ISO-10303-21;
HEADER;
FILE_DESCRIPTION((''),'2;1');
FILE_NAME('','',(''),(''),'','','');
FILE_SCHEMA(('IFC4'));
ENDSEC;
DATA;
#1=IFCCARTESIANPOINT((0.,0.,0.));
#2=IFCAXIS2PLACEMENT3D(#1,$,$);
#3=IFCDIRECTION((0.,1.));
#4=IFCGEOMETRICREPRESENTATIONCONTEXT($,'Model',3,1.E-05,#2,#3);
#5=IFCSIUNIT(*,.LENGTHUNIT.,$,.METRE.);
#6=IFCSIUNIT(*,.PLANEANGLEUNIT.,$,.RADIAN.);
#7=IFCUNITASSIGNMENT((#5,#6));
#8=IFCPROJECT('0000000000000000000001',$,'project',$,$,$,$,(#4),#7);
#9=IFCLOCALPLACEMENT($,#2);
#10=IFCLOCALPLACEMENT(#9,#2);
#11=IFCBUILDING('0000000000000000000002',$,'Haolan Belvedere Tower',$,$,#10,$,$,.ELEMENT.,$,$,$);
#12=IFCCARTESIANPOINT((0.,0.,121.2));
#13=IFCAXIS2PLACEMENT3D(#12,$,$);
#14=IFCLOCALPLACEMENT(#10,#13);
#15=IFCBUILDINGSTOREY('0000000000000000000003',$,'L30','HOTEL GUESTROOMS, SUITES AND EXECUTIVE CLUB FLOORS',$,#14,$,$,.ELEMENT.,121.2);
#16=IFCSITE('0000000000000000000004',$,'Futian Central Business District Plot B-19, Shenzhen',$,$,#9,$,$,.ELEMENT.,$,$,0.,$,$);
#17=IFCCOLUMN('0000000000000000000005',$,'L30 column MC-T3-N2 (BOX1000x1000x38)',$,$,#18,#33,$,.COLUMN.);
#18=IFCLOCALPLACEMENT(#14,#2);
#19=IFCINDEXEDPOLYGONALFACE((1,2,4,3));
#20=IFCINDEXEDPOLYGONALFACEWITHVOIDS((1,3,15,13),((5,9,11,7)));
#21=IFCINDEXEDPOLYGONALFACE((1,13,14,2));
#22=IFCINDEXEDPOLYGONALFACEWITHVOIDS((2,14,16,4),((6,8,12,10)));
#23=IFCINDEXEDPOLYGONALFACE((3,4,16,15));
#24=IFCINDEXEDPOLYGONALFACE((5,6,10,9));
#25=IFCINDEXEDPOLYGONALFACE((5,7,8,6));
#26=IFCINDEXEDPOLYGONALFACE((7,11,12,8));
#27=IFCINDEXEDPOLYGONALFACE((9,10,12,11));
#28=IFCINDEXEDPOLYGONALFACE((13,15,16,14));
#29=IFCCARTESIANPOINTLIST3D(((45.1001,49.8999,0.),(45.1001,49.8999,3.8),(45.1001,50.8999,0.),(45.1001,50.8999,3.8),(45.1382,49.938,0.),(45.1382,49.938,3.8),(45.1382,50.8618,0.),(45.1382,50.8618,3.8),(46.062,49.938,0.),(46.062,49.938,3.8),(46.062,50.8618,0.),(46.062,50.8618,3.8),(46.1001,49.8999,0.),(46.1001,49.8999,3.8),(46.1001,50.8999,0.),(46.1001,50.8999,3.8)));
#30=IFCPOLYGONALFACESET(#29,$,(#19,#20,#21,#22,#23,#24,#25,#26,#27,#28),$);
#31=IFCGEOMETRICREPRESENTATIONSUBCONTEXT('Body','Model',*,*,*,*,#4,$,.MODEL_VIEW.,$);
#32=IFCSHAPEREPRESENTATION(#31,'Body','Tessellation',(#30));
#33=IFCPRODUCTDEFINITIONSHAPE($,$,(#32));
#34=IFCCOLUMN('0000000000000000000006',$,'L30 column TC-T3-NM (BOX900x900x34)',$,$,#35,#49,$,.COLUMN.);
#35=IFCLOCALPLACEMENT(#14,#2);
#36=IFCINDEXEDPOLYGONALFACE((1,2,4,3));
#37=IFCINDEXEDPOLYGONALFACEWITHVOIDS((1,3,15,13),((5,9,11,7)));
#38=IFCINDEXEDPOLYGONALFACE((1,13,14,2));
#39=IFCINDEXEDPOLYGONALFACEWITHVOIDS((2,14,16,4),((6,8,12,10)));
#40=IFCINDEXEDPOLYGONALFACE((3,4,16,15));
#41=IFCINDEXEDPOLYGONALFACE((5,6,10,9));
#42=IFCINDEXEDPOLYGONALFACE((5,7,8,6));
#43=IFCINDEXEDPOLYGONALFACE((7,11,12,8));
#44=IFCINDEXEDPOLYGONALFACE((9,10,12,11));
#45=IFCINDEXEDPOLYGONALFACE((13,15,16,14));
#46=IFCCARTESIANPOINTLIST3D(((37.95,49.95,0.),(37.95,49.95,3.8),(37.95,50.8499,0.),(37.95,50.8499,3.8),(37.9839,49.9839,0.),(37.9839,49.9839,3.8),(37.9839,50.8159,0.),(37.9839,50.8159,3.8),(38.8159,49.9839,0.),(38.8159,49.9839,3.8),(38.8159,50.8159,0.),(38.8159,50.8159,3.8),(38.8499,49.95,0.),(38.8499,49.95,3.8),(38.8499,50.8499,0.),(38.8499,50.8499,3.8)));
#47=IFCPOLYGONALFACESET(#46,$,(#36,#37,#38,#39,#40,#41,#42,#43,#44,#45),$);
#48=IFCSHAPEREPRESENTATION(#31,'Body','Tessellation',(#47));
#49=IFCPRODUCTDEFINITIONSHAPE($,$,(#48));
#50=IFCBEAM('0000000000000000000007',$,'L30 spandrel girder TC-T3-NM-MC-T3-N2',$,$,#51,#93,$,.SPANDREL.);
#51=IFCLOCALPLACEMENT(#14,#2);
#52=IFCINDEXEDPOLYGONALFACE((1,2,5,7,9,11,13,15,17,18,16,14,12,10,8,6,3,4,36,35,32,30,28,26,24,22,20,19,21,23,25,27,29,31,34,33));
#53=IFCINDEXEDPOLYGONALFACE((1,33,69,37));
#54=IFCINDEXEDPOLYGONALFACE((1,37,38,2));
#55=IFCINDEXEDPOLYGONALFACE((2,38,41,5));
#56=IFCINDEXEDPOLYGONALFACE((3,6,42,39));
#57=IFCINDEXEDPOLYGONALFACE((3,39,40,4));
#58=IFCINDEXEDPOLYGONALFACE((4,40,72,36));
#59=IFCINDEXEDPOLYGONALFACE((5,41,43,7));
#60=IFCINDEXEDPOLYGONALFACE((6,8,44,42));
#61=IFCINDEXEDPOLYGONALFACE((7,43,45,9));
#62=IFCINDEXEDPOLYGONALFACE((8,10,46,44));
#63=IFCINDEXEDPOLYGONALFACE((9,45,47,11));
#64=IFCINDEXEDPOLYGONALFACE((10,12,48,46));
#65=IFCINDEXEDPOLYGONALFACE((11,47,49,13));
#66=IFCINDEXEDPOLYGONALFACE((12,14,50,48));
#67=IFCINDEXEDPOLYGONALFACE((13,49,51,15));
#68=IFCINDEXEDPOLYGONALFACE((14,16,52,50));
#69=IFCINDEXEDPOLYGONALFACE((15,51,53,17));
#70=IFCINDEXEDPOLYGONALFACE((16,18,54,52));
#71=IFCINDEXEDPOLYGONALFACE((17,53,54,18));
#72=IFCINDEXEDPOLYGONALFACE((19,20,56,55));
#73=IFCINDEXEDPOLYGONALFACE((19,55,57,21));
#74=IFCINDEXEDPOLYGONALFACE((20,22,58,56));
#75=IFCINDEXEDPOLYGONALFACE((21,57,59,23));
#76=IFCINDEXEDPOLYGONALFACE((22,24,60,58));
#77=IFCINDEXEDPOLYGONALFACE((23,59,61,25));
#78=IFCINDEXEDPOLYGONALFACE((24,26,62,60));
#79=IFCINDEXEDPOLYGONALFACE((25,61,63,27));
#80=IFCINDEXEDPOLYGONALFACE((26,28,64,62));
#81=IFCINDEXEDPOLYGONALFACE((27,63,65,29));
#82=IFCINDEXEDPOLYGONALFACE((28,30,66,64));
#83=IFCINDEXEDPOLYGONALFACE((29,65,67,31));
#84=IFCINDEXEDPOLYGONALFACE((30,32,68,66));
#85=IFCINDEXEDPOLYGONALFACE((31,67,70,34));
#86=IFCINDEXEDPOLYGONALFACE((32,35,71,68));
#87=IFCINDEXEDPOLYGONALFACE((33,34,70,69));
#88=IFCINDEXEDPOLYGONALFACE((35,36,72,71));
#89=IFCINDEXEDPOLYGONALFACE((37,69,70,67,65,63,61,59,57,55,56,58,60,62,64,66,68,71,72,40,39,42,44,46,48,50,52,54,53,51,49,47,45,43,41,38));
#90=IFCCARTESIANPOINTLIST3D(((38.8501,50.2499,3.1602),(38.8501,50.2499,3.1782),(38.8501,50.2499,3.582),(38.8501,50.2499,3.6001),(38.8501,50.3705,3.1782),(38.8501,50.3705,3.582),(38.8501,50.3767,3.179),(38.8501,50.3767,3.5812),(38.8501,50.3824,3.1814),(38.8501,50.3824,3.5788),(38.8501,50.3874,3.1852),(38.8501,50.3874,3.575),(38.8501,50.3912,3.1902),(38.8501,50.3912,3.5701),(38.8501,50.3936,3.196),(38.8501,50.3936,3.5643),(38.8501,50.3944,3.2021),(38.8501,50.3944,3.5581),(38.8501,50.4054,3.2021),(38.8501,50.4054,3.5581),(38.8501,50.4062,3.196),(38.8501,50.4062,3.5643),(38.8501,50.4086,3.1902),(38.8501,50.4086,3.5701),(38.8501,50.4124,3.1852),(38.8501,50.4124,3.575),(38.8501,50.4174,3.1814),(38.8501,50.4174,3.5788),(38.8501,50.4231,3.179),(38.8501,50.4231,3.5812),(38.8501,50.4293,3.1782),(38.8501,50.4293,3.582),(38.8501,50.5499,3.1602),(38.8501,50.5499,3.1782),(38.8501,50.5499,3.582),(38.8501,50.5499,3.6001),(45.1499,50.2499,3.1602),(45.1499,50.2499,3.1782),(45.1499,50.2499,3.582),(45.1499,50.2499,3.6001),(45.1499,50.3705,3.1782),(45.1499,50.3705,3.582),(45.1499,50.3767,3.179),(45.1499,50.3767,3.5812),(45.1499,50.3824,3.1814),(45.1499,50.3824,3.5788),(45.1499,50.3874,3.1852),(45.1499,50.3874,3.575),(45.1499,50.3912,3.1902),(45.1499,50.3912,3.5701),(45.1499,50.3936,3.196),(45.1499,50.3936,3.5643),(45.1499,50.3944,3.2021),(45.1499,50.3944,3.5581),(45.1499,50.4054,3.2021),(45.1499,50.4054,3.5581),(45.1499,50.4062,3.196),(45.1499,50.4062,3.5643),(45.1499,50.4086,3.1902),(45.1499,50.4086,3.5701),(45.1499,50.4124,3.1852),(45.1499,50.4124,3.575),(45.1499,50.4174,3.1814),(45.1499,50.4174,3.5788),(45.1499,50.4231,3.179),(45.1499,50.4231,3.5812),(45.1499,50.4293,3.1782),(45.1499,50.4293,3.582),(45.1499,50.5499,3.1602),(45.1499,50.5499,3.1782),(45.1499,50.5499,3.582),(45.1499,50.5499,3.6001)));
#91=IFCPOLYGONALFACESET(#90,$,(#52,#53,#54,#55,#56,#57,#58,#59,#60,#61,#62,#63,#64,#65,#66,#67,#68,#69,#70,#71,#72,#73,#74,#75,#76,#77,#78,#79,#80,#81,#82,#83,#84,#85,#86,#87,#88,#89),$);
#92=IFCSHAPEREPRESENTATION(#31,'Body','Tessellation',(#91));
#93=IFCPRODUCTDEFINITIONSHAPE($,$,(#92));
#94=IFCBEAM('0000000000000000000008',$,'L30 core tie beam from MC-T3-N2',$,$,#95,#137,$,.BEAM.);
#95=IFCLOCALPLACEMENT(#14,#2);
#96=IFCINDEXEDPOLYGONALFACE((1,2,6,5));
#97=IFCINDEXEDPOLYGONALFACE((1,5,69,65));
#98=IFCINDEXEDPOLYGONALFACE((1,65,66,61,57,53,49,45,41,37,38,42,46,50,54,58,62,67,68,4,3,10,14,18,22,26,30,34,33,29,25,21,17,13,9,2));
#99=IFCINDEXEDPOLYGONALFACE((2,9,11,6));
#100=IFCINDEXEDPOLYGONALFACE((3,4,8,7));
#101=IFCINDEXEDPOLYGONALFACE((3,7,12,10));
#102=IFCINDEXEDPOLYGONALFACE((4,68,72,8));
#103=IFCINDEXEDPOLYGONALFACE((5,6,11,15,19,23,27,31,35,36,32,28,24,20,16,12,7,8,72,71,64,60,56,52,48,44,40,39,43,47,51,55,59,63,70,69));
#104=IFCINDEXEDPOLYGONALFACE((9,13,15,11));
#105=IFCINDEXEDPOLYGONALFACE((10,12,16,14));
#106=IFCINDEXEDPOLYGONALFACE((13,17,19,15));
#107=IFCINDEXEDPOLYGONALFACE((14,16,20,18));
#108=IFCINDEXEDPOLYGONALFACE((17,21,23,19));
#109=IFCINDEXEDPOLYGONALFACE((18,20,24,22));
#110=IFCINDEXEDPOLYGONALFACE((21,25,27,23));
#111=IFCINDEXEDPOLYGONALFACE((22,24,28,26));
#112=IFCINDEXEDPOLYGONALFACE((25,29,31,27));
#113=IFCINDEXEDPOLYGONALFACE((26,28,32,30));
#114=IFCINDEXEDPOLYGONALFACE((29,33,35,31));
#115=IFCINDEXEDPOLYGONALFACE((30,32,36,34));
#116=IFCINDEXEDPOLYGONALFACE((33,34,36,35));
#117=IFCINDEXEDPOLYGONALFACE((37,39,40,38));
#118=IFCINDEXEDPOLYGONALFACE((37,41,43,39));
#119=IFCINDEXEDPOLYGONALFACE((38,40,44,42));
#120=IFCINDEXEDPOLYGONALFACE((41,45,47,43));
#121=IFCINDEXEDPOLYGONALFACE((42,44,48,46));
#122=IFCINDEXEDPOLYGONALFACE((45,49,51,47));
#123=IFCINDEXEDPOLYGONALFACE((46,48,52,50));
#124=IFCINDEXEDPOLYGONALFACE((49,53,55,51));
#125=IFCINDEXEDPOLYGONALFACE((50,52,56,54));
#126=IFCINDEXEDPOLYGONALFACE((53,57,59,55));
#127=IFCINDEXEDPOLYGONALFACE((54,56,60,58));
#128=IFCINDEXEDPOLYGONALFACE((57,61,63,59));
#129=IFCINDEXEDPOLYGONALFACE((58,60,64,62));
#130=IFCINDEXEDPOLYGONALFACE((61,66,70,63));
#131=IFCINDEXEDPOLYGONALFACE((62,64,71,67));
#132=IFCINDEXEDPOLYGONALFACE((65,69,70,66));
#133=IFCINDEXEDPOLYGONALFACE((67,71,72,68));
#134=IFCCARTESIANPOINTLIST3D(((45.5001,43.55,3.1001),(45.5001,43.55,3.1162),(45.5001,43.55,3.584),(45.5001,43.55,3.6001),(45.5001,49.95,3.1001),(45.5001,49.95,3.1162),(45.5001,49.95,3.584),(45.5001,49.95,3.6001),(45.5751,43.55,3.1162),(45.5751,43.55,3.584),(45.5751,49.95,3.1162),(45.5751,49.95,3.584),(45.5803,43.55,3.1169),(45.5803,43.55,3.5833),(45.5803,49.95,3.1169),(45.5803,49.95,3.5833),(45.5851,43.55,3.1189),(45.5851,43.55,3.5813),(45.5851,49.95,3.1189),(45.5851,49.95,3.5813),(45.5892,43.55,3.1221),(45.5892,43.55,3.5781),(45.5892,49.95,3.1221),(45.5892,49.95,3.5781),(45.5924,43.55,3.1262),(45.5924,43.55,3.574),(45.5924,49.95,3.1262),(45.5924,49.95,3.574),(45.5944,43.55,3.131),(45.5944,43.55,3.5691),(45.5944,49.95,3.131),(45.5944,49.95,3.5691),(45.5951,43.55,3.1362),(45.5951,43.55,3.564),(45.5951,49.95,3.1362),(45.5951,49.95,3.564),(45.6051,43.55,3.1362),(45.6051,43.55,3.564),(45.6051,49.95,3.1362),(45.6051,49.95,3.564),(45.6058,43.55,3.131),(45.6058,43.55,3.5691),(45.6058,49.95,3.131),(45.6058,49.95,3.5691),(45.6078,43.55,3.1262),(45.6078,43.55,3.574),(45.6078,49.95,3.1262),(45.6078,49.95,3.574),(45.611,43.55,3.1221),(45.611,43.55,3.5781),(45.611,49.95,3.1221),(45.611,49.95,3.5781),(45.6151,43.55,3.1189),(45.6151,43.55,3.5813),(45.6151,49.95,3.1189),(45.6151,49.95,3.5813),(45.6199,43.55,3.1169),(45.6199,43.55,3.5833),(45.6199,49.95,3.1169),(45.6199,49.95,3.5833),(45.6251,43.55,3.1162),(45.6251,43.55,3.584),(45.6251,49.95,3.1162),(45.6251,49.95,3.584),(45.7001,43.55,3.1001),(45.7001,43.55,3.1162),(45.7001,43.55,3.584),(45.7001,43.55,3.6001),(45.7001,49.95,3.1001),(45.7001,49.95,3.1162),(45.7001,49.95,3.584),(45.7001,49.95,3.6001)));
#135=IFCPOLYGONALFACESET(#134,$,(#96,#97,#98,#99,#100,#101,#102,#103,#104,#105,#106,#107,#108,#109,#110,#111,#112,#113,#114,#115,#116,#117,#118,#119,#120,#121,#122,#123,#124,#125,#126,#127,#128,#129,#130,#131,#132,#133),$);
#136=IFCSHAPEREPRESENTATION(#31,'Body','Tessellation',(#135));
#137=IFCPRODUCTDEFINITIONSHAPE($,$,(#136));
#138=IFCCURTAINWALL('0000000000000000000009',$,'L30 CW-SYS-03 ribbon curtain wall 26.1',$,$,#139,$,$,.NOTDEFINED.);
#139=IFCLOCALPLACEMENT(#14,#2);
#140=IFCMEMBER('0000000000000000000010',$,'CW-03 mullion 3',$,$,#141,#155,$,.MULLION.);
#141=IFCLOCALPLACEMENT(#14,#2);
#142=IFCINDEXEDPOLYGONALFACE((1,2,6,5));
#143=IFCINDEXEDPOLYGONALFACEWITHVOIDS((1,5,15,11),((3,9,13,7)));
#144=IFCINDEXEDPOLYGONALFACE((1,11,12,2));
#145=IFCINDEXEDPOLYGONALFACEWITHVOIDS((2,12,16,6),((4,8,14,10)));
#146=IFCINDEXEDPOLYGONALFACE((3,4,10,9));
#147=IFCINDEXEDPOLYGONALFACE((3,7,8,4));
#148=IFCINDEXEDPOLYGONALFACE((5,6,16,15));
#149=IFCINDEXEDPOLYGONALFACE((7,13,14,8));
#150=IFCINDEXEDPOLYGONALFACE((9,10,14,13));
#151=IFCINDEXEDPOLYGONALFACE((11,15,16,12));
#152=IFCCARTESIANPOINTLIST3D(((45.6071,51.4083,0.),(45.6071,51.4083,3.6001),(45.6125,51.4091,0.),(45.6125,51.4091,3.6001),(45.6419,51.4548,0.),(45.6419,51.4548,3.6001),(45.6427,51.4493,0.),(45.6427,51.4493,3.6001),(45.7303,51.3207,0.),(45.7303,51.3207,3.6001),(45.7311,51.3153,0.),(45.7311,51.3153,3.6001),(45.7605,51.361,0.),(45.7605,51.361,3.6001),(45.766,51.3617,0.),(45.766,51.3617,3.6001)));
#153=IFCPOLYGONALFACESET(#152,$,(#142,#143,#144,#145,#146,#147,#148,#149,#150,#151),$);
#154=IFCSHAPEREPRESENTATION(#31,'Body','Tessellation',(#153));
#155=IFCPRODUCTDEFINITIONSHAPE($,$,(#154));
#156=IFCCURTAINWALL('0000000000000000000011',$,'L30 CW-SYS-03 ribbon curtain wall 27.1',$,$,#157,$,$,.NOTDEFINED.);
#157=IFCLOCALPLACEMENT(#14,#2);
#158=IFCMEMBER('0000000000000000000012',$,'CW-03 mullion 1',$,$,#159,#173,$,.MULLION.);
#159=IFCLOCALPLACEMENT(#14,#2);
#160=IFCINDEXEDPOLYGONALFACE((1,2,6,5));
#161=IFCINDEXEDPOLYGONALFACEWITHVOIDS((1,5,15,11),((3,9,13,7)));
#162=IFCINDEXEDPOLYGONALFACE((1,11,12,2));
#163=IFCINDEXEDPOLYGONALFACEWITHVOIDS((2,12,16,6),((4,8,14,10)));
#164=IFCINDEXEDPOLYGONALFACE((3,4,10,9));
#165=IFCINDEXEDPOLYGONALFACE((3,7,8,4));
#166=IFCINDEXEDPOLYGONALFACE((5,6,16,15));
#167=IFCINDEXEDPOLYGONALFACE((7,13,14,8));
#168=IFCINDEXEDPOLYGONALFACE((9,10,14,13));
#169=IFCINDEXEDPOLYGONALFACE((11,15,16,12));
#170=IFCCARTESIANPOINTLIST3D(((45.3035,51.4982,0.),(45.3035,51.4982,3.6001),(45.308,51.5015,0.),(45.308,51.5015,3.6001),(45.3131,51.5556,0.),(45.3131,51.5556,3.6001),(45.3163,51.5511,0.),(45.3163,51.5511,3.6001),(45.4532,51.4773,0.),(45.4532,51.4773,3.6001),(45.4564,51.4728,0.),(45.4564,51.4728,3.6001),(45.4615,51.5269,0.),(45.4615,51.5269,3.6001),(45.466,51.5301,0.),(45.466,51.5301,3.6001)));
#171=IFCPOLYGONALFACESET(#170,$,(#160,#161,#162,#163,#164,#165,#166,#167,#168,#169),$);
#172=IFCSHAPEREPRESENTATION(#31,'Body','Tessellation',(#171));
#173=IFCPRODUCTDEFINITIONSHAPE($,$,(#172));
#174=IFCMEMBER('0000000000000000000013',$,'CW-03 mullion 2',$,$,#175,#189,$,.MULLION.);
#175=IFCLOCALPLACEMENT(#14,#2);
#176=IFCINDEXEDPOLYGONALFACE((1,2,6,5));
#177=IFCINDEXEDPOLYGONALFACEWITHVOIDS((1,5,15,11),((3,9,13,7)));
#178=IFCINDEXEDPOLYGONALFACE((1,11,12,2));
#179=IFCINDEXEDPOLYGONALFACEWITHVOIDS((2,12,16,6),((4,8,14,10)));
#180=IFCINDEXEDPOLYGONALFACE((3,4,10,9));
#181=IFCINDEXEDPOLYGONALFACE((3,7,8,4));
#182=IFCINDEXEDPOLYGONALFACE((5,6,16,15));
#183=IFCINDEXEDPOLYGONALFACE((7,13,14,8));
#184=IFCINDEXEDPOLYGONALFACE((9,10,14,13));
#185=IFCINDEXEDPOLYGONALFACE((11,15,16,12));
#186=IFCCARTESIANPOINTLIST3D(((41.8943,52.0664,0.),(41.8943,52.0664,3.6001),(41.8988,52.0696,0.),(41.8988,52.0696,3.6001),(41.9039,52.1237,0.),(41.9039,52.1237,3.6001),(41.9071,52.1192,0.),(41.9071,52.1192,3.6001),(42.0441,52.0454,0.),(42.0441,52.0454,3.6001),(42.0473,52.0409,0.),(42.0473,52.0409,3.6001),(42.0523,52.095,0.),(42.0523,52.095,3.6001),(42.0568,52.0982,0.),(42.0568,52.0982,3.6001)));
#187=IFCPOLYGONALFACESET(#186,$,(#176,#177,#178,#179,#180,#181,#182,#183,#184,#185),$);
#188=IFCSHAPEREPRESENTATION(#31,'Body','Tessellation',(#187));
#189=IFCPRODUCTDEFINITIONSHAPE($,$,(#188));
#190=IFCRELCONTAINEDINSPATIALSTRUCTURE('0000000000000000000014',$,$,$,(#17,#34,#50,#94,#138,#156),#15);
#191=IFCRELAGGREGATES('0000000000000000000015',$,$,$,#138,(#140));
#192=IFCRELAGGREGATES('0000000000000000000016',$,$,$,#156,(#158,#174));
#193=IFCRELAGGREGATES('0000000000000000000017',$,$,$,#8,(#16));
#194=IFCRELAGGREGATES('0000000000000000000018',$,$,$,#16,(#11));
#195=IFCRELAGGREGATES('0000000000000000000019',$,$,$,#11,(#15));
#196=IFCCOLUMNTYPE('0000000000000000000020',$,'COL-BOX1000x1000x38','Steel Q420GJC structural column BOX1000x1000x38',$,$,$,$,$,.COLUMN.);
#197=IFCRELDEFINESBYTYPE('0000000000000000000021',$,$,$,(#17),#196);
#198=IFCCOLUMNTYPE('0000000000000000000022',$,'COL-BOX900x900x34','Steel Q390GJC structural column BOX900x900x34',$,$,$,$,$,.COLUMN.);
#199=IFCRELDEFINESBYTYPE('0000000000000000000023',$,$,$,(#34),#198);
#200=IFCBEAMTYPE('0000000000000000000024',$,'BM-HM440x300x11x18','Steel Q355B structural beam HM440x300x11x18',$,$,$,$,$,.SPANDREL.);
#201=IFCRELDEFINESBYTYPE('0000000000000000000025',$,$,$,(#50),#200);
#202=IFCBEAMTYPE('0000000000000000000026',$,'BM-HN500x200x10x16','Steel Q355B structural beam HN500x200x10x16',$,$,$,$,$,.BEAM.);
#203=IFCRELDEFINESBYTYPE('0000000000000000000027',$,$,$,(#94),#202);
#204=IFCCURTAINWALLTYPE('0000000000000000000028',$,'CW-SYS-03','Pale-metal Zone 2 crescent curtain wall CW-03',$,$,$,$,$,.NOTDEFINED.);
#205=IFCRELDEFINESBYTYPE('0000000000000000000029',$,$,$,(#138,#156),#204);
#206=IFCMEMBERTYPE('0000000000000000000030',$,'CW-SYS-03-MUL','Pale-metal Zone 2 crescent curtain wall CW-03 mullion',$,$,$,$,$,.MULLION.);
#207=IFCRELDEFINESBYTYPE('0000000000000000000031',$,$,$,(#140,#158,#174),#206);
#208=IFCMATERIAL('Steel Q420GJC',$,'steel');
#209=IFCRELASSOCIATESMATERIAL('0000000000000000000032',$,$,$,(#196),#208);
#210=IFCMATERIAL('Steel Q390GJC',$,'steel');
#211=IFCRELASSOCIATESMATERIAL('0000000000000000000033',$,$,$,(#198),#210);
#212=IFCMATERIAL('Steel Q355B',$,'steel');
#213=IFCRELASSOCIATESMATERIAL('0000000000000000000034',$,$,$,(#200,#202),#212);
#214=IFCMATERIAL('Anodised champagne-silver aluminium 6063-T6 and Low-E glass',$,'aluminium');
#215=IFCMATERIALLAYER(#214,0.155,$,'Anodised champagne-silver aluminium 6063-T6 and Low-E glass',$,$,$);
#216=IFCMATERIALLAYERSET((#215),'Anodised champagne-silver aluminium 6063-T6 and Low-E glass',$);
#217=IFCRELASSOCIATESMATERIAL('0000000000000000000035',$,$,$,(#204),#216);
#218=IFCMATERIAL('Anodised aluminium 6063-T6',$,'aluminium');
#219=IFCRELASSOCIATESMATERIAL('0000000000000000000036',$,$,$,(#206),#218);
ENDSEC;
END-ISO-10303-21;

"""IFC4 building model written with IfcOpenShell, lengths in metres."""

from ifc_helpers import new_model, si_unit, direction, frame, origin, origin_2d, place, context, subcontext, project, spatial, hollow_rectangle, i_section, extrude, material, layer, layer_set, material_profile, profile_set, type_object, element, aggregate, save


model = new_model("IFC4")

# Units and contexts
model_context = context("Model", 3, precision=1e-05, world=origin(), true_north=direction((0.0, 1.0)))
body_context = subcontext(model_context, "Body", "Model", "MODEL_VIEW")
ifc_project = project(units=[si_unit("LENGTHUNIT", "METRE"), si_unit("PLANEANGLEUNIT", "RADIAN")], contexts=[model_context])

# Site, building, storey
site_placement = place(None, origin())
site = spatial("IfcSite", under=ifc_project, at=site_placement, Name="Futian Central Business District Plot B-19, Shenzhen", CompositionType="ELEMENT", RefElevation=0.0)
building_placement = place(site_placement, origin())
building = spatial("IfcBuilding", under=site, at=building_placement, Name="Haolan Belvedere Tower", CompositionType="ELEMENT")
storey_placement = place(building_placement, frame((0.0, 0.0, 121.2)))
storey = spatial("IfcBuildingStorey", under=building, at=storey_placement, Name="L30", Description="HOTEL GUESTROOMS, SUITES AND EXECUTIVE CLUB FLOORS", CompositionType="ELEMENT", Elevation=121.2)

# Columns
ifc_material_1 = material(Name="Steel Q420GJC", Category="steel")
ifc_material_profile_1 = material_profile(ifc_material_1, hollow_rectangle(XDim=1.0, YDim=1.0, WallThickness=0.0381, at=origin_2d()), Name="Steel Q420GJC")
ifc_profile_set_1 = profile_set([ifc_material_profile_1], Name="Steel Q420GJC")
column_type_1 = type_object("IfcColumnType", Name="COL-BOX1000x1000x38", Description="Steel Q420GJC structural column BOX1000x1000x38", PredefinedType="COLUMN", material=ifc_profile_set_1)
column_1_placement = place(storey_placement, frame((45.6001, 50.3999, 0.0), z_axis=(0.0, 0.0, 1.0), x_axis=(1.0, 0.0, 0.0)))
element("IfcColumn", 1, at=column_1_placement, inside=storey, type_object=column_type_1, Name="L30 column MC-T3-N2 (BOX1000x1000x38)", PredefinedType="COLUMN", context=body_context, shape_type="SweptSolid", body=[
    extrude(hollow_rectangle(XDim=1.0, YDim=1.0, WallThickness=0.0381, at=origin_2d()), origin(), (0.0, 0.0, 1.0), 3.8),
])
ifc_material_2 = material(Name="Steel Q390GJC", Category="steel")
ifc_material_profile_2 = material_profile(ifc_material_2, hollow_rectangle(XDim=0.8999, YDim=0.8999, WallThickness=0.0339, at=origin_2d()), Name="Steel Q390GJC")
ifc_profile_set_2 = profile_set([ifc_material_profile_2], Name="Steel Q390GJC")
column_type_2 = type_object("IfcColumnType", Name="COL-BOX900x900x34", Description="Steel Q390GJC structural column BOX900x900x34", PredefinedType="COLUMN", material=ifc_profile_set_2)
column_2_placement = place(storey_placement, frame((38.3999, 50.3999, 0.0), z_axis=(0.0, 0.0, 1.0), x_axis=(1.0, 0.0, 0.0)))
element("IfcColumn", 2, at=column_2_placement, inside=storey, type_object=column_type_2, Name="L30 column TC-T3-NM (BOX900x900x34)", PredefinedType="COLUMN", context=body_context, shape_type="SweptSolid", body=[
    extrude(hollow_rectangle(XDim=0.8999, YDim=0.8999, WallThickness=0.0339, at=origin_2d()), origin(), (0.0, 0.0, 1.0), 3.8),
])

# Beams
ifc_material_3 = material(Name="Steel Q355B", Category="steel")
ifc_material_profile_3 = material_profile(ifc_material_3, i_section(OverallWidth=0.3, OverallDepth=0.4399, WebThickness=0.011, FlangeThickness=0.0181, FilletRadius=0.0239, at=origin_2d()), Name="Steel Q355B")
ifc_profile_set_3 = profile_set([ifc_material_profile_3], Name="Steel Q355B")
beam_type_1 = type_object("IfcBeamType", Name="BM-HM440x300x11x18", Description="Steel Q355B structural beam HM440x300x11x18", PredefinedType="SPANDREL", material=ifc_profile_set_3)
beam_1_placement = place(storey_placement, frame((38.8501, 50.3999, 3.3801), z_axis=(1.0, 0.0, 0.0), x_axis=(0.0, 1.0, 0.0)))
element("IfcBeam", 3, at=beam_1_placement, inside=storey, type_object=beam_type_1, Name="L30 spandrel girder TC-T3-NM-MC-T3-N2", PredefinedType="SPANDREL", context=body_context, shape_type="SweptSolid", body=[
    extrude(i_section(OverallWidth=0.3, OverallDepth=0.4399, WebThickness=0.011, FlangeThickness=0.0181, FilletRadius=0.0239, at=origin_2d()), origin(), (0.0, 0.0, 1.0), 6.2998),
])
ifc_material_profile_4 = material_profile(ifc_material_3, i_section(OverallWidth=0.2, OverallDepth=0.5, WebThickness=0.01, FlangeThickness=0.0161, FilletRadius=0.02, at=origin_2d()), Name="Steel Q355B")
ifc_profile_set_4 = profile_set([ifc_material_profile_4], Name="Steel Q355B")
beam_type_2 = type_object("IfcBeamType", Name="BM-HN500x200x10x16", Description="Steel Q355B structural beam HN500x200x10x16", PredefinedType="BEAM", material=ifc_profile_set_4)
beam_2_placement = place(storey_placement, frame((45.6001, 49.95, 3.3501), z_axis=(0.0, -1.0, 0.0), x_axis=(1.0, 0.0, 0.0)))
element("IfcBeam", 4, at=beam_2_placement, inside=storey, type_object=beam_type_2, Name="L30 core tie beam from MC-T3-N2", PredefinedType="BEAM", context=body_context, shape_type="SweptSolid", body=[
    extrude(i_section(OverallWidth=0.2, OverallDepth=0.5, WebThickness=0.01, FlangeThickness=0.0161, FilletRadius=0.02, at=origin_2d()), origin(), (0.0, 0.0, 1.0), 6.3999),
])

# Curtain wall, member
ifc_material_4 = material(Name="Anodised champagne-silver aluminium 6063-T6 and Low-E glass", Category="aluminium")
ifc_layer_1 = layer(ifc_material_4, 0.155, Name="Anodised champagne-silver aluminium 6063-T6 and Low-E glass")
ifc_layer_set_1 = layer_set([ifc_layer_1], Name="Anodised champagne-silver aluminium 6063-T6 and Low-E glass")
curtain_wall_type = type_object("IfcCurtainWallType", Name="CW-SYS-03", Description="Pale-metal Zone 2 crescent curtain wall CW-03", PredefinedType="NOTDEFINED", material=ifc_layer_set_1)
curtain_wall_1_placement = place(storey_placement, origin())
curtain_wall_1 = element("IfcCurtainWall", 5, at=curtain_wall_1_placement, inside=storey, type_object=curtain_wall_type, Name="L30 CW-SYS-03 ribbon curtain wall 26.1", PredefinedType="NOTDEFINED")
ifc_material_5 = material(Name="Anodised aluminium 6063-T6", Category="aluminium")
ifc_material_profile_5 = material_profile(ifc_material_5, hollow_rectangle(XDim=0.0581, YDim=0.155, WallThickness=0.0039, at=origin_2d()), Name="Anodised aluminium 6063-T6")
ifc_profile_set_5 = profile_set([ifc_material_profile_5], Name="Anodised aluminium 6063-T6")
member_type_1 = type_object("IfcMemberType", Name="CW-SYS-03-MUL", Description="Pale-metal Zone 2 crescent curtain wall CW-03 mullion", PredefinedType="MULLION", material=ifc_profile_set_5)
member_1_placement = place(storey_placement, frame((45.6865, 51.385, 0.0), z_axis=(0.0, 0.0, 1.0), x_axis=(-0.599994, -0.800004, 0.0)))
member_1 = element("IfcMember", 6, at=member_1_placement, type_object=member_type_1, Name="CW-03 mullion 3", PredefinedType="MULLION", context=body_context, shape_type="SweptSolid", body=[
    extrude(hollow_rectangle(XDim=0.0581, YDim=0.155, WallThickness=0.0039, at=origin_2d()), origin(), (0.0, 0.0, 1.0), 3.6001),
])
aggregate(curtain_wall_1, [member_1])

# Curtain wall, members
curtain_wall_2_placement = place(storey_placement, origin())
curtain_wall_2 = element("IfcCurtainWall", 7, at=curtain_wall_2_placement, inside=storey, type_object=curtain_wall_type, Name="L30 CW-SYS-03 ribbon curtain wall 27.1", PredefinedType="NOTDEFINED")
member_2_placement = place(storey_placement, frame((45.3848, 51.5142, 0.0), z_axis=(0.0, 0.0, 1.0), x_axis=(-0.164404, -0.986393, 0.0)))
member_2 = element("IfcMember", 8, at=member_2_placement, type_object=member_type_1, Name="CW-03 mullion 1", PredefinedType="MULLION", context=body_context, shape_type="SweptSolid", body=[
    extrude(hollow_rectangle(XDim=0.0581, YDim=0.155, WallThickness=0.0039, at=origin_2d()), origin(), (0.0, 0.0, 1.0), 3.6001),
])
member_3_placement = place(storey_placement, frame((41.9756, 52.0823, 0.0), z_axis=(0.0, 0.0, 1.0), x_axis=(-0.164404, -0.986393, 0.0)))
member_3 = element("IfcMember", 9, at=member_3_placement, type_object=member_type_1, Name="CW-03 mullion 2", PredefinedType="MULLION", context=body_context, shape_type="SweptSolid", body=[
    extrude(hollow_rectangle(XDim=0.0581, YDim=0.155, WallThickness=0.0039, at=origin_2d()), origin(), (0.0, 0.0, 1.0), 3.6001),
])
aggregate(curtain_wall_2, [member_2, member_3])

save(model, "model.ifc")
